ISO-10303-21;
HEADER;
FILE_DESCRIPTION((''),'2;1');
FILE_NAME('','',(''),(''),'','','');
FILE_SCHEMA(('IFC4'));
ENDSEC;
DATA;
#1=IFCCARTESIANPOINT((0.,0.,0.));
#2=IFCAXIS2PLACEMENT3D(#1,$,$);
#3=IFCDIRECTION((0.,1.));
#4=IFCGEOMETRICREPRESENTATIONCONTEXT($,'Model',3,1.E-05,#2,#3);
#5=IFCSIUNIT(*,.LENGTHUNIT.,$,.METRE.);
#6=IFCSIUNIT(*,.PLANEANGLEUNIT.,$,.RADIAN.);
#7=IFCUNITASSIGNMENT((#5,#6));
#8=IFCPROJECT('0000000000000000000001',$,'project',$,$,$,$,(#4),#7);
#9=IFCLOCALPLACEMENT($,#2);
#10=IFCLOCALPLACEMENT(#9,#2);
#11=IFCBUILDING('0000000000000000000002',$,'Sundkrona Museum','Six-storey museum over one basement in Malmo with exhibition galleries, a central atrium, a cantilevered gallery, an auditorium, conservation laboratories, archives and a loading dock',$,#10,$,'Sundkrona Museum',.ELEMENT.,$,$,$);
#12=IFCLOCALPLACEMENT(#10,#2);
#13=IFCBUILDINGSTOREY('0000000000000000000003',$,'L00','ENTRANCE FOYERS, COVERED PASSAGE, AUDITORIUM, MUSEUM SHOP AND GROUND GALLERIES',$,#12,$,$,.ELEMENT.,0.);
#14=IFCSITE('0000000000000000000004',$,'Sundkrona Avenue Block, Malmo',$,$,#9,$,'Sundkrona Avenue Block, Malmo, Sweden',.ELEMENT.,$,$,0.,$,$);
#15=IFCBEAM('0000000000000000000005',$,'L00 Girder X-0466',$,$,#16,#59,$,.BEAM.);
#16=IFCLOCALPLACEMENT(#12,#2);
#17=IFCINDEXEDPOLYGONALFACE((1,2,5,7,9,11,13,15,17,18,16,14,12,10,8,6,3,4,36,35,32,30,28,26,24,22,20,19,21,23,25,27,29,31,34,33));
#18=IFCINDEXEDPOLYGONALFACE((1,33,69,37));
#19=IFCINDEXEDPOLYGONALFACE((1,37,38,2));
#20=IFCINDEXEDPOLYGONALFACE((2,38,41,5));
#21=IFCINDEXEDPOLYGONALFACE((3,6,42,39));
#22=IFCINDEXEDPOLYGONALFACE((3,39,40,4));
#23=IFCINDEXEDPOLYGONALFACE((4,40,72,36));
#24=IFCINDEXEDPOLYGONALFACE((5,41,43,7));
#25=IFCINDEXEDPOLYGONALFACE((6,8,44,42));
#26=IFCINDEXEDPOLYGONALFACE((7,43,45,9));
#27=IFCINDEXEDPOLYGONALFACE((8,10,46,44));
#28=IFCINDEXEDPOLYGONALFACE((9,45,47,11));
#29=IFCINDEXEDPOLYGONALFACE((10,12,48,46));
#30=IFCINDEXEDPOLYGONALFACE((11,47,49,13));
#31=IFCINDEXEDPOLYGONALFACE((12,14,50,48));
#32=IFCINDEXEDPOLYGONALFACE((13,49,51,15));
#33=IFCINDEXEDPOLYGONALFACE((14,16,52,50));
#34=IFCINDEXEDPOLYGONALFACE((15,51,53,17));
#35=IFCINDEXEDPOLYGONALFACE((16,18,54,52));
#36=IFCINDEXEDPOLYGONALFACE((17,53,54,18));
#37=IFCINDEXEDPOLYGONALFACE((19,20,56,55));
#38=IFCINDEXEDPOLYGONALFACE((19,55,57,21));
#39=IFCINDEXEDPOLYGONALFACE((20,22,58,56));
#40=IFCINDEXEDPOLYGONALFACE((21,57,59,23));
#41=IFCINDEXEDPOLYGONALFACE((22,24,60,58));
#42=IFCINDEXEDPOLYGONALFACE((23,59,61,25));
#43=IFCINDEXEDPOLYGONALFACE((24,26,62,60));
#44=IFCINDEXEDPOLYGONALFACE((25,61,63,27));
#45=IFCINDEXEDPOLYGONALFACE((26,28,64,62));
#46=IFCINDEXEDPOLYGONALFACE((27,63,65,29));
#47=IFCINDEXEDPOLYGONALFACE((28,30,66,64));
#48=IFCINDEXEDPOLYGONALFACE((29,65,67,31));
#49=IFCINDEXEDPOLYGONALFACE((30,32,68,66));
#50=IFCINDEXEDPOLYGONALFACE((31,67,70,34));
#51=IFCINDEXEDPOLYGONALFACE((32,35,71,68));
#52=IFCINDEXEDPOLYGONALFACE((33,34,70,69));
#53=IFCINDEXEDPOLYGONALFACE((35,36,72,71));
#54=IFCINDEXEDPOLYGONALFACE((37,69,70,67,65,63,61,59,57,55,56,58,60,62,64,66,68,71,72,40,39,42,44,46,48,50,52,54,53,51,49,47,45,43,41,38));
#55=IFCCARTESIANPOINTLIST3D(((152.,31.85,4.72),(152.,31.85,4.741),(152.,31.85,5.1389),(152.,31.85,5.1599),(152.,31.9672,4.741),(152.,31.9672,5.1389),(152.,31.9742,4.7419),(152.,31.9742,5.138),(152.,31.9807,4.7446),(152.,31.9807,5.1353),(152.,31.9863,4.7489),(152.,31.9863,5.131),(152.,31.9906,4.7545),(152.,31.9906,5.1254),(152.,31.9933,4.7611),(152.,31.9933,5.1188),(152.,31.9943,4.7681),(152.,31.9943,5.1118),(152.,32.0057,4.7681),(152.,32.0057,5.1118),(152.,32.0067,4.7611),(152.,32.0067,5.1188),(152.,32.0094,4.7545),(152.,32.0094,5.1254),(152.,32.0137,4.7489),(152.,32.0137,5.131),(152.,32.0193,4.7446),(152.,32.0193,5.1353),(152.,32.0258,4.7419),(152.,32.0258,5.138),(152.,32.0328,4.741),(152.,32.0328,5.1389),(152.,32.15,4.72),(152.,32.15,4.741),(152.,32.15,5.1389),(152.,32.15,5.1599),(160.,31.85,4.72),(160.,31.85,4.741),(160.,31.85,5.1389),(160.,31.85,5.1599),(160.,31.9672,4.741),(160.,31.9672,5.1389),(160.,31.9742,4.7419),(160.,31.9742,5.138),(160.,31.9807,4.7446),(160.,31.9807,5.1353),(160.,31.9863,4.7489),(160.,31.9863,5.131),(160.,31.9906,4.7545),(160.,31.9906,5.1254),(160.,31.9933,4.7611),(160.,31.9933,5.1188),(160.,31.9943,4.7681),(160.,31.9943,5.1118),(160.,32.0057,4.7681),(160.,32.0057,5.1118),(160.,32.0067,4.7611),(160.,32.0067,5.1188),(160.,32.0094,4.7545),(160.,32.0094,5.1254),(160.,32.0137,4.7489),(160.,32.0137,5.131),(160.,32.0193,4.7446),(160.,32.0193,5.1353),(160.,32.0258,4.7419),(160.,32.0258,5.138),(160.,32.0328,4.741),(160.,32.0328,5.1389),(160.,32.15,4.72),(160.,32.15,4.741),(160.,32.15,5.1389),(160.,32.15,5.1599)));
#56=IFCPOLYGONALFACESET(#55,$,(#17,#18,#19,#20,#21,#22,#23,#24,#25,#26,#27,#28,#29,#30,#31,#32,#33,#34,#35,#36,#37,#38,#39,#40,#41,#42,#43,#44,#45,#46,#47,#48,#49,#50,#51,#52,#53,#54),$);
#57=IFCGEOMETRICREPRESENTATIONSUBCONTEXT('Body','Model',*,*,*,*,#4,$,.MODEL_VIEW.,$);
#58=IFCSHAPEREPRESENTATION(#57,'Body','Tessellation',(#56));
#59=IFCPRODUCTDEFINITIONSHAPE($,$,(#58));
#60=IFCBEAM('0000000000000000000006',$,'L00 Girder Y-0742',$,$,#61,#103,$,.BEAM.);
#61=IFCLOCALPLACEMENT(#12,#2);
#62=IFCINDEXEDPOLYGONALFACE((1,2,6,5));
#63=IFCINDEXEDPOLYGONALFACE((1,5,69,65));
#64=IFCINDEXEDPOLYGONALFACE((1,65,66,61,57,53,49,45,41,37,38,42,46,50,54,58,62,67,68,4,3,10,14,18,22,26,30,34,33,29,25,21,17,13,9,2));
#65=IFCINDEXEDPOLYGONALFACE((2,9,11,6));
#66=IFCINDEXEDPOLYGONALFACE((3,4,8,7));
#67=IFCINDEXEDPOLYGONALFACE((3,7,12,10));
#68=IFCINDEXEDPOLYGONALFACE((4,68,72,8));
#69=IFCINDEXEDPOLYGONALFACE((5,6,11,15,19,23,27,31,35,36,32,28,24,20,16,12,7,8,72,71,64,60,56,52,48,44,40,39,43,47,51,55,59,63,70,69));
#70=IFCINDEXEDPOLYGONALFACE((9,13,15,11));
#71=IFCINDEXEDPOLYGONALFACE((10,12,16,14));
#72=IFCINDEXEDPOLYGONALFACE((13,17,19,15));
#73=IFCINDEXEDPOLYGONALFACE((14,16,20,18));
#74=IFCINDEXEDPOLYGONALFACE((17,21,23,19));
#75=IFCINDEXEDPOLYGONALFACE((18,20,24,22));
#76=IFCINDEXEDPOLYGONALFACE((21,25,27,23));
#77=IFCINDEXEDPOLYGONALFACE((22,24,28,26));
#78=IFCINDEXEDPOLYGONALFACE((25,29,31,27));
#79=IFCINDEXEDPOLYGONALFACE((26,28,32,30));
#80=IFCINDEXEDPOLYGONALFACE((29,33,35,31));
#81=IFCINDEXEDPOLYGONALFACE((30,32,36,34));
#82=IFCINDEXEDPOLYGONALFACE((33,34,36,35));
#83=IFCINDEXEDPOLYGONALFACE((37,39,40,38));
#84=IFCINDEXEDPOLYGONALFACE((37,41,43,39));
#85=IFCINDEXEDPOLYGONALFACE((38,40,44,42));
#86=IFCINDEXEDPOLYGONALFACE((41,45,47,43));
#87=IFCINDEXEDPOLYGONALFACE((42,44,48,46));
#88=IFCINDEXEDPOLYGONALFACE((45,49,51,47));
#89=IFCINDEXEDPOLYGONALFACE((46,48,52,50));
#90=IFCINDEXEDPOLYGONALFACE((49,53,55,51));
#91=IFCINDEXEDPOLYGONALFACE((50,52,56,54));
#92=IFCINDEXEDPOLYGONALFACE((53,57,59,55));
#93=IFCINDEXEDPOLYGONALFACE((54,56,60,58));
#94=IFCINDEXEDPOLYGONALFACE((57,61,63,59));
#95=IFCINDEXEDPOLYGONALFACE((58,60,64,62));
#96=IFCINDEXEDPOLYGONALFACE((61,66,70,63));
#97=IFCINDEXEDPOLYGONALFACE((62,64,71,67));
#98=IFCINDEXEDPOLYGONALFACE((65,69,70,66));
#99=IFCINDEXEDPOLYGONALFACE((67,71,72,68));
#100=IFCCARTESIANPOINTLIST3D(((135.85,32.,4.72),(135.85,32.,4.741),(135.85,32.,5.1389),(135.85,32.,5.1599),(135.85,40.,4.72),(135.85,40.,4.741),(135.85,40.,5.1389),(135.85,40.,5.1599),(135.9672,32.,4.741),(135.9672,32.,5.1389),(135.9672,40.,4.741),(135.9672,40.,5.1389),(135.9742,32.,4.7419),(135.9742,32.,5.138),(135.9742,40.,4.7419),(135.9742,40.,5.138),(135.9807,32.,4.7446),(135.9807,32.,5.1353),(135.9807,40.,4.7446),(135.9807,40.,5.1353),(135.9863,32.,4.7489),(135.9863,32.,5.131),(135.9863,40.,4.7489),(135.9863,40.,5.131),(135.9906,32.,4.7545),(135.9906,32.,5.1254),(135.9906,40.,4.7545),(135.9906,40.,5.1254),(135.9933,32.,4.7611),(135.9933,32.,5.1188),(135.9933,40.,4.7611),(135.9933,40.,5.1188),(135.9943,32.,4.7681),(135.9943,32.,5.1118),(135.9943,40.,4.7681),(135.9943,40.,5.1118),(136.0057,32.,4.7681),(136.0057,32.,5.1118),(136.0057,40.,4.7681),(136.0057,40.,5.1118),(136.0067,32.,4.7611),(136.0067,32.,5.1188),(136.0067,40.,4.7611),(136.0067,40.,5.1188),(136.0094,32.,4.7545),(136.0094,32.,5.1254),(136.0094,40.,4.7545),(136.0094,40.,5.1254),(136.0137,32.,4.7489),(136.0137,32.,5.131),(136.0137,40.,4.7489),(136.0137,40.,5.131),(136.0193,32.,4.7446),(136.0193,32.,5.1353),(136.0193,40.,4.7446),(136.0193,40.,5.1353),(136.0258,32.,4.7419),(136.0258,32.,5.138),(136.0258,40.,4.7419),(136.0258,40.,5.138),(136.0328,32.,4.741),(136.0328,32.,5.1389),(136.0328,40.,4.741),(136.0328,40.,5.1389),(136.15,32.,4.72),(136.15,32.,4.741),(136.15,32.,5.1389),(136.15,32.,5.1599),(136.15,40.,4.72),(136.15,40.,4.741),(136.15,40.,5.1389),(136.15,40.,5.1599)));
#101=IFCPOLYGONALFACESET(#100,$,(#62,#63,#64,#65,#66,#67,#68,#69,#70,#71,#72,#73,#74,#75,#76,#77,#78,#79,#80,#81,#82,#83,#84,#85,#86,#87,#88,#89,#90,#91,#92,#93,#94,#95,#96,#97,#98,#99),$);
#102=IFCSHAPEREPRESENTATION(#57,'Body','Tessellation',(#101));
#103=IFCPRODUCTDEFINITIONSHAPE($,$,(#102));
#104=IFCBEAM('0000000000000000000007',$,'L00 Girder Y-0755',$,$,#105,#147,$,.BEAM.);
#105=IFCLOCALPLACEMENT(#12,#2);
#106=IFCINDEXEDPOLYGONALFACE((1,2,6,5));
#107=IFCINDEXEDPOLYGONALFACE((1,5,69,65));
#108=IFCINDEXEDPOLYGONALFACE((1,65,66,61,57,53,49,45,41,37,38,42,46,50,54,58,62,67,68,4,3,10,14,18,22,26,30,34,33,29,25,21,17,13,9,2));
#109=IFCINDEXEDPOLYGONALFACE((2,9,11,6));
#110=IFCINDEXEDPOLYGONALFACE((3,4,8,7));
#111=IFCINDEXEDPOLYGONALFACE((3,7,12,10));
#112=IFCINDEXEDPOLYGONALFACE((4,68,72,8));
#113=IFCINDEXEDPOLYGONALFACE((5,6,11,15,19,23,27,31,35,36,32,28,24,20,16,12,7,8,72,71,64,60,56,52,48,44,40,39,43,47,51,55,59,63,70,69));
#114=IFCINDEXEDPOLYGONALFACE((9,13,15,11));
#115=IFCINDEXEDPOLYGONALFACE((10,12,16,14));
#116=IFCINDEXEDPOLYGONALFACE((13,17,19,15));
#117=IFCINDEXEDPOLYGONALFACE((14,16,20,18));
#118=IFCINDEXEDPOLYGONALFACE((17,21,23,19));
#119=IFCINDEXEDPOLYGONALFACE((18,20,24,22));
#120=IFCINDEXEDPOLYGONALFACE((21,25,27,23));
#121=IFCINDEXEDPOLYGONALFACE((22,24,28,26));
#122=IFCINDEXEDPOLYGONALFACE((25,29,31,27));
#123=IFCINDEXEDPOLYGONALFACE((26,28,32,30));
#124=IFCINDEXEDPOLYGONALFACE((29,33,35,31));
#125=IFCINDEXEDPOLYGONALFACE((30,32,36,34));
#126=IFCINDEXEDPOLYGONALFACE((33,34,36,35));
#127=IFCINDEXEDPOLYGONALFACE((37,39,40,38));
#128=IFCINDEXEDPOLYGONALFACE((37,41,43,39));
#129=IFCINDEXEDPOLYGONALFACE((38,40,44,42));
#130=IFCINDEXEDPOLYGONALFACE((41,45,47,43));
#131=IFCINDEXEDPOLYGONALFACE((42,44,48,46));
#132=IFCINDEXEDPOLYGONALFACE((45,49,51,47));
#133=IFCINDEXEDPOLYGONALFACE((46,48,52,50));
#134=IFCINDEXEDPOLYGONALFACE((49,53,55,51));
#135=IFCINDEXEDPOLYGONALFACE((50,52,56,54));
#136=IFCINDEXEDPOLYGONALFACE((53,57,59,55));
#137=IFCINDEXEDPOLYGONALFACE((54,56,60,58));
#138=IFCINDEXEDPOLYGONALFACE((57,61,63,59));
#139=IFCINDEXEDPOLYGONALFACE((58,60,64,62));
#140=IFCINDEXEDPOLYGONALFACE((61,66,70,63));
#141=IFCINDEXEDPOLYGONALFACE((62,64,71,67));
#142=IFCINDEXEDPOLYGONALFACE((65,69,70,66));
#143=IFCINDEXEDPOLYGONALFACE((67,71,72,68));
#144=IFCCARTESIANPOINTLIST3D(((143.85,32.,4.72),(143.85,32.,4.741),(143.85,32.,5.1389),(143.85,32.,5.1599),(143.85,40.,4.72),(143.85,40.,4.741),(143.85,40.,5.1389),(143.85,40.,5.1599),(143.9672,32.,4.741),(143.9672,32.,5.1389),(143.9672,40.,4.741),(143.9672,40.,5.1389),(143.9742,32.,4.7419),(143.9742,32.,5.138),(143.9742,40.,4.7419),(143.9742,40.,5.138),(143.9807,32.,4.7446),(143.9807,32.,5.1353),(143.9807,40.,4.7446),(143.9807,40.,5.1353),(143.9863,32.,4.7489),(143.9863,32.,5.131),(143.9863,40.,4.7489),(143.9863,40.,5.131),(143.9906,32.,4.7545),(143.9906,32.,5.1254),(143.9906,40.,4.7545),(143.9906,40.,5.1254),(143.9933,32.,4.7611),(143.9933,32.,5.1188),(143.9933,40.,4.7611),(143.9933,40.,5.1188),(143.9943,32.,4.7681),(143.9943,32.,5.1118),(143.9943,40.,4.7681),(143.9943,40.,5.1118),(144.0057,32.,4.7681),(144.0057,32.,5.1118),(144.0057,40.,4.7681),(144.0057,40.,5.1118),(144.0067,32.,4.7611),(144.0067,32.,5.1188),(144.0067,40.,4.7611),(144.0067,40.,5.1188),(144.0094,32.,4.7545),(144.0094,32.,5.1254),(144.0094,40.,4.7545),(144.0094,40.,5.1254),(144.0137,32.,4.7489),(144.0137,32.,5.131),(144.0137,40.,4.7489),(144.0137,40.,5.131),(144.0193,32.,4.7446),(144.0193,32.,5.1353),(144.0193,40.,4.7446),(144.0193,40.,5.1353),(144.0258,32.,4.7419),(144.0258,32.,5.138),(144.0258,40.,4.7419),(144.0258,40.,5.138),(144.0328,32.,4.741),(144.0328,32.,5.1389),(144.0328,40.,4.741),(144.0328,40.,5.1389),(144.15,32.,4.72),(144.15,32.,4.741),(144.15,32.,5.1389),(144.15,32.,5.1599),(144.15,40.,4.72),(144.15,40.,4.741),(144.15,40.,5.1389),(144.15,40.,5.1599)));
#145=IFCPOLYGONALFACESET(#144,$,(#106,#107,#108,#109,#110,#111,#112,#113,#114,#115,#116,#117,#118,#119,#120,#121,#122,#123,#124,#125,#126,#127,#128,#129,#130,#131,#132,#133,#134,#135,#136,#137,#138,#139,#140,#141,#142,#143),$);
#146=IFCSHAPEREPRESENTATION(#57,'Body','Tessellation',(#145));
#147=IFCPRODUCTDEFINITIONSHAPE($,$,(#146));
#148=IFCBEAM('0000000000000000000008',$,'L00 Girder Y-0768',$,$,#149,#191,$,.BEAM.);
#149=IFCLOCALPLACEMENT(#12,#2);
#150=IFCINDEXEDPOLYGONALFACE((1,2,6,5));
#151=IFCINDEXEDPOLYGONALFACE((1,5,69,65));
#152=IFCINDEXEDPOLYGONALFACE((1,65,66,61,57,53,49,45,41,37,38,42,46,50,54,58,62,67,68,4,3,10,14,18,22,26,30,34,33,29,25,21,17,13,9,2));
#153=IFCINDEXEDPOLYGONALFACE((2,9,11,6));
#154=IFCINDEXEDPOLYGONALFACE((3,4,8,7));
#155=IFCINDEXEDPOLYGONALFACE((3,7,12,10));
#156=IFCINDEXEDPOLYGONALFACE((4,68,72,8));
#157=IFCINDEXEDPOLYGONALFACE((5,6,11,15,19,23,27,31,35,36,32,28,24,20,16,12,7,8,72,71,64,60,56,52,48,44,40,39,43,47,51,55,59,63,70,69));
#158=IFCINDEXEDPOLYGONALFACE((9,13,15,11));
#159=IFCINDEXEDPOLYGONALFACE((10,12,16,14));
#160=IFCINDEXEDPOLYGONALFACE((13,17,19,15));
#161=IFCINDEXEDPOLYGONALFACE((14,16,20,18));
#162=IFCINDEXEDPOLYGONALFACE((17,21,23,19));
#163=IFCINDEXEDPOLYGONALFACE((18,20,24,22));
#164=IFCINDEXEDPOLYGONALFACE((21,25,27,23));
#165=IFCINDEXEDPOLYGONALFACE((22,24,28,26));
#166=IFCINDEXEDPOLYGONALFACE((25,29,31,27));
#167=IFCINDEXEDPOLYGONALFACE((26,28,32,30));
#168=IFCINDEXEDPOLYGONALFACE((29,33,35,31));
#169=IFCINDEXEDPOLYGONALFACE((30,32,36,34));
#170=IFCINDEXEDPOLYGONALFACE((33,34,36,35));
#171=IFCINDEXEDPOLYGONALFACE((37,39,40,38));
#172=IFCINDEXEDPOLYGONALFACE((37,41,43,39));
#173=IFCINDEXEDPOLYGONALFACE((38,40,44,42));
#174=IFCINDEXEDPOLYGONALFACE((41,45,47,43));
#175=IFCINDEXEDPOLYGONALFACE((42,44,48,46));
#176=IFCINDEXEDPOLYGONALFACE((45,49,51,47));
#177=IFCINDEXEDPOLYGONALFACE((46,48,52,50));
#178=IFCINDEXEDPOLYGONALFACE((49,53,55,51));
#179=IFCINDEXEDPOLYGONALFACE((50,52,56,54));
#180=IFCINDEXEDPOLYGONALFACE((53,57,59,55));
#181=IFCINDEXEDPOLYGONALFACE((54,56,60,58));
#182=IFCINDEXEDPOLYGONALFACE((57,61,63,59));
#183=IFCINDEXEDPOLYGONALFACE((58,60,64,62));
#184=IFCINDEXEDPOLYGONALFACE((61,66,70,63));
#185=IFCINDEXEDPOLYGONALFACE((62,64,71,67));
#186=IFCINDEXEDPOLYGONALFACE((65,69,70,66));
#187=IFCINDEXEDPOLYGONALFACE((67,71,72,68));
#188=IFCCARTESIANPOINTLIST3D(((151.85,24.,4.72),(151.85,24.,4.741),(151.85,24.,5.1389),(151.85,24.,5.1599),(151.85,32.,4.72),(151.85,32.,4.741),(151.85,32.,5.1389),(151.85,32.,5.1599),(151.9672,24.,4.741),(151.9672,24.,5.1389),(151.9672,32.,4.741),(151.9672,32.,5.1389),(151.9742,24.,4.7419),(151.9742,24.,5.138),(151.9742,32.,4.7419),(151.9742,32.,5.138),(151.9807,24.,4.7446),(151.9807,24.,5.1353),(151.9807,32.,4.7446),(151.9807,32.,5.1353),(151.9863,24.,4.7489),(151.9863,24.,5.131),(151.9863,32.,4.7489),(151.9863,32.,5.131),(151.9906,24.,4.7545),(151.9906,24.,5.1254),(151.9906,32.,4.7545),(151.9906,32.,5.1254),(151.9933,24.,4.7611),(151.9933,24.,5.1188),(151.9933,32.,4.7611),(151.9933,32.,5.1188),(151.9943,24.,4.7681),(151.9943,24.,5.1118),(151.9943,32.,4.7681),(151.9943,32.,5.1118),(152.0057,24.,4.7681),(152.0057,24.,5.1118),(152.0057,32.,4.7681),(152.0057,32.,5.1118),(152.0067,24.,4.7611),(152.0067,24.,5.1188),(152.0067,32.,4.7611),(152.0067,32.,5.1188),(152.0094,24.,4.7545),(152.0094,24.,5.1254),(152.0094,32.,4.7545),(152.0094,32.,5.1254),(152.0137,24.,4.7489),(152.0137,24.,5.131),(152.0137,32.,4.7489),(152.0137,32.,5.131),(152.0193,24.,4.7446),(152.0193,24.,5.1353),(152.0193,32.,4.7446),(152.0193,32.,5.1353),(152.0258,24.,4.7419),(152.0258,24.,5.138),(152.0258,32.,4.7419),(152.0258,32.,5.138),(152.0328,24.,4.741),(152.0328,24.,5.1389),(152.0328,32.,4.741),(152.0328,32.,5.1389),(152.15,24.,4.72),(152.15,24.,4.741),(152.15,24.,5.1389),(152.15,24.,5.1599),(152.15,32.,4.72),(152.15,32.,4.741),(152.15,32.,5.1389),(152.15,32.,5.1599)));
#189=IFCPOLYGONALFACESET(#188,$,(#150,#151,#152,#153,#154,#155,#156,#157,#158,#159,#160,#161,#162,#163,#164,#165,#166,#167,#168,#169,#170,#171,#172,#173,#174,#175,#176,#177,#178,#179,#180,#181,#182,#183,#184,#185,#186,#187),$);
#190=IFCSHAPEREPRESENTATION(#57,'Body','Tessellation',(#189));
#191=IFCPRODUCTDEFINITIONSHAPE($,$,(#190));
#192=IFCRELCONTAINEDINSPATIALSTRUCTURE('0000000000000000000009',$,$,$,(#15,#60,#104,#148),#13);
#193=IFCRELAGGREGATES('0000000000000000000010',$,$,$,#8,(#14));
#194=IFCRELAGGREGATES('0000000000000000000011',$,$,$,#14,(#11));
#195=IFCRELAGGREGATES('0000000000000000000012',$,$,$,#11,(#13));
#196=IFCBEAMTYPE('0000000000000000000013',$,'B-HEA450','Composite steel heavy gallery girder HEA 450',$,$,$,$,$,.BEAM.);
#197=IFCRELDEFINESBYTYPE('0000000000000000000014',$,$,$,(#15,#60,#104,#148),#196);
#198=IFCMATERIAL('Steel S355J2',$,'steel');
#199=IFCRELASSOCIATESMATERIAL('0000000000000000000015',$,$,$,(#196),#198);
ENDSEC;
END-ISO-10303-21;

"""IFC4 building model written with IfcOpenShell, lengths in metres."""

from ifc_helpers import new_model, si_unit, direction, frame, origin, origin_2d, place, context, subcontext, project, spatial, i_section, extrude, material, material_profile, profile_set, type_object, element, save


model = new_model("IFC4")

# Units and contexts
model_context = context("Model", 3, precision=1e-05, world=origin(), true_north=direction((0.0, 1.0)))
body_context = subcontext(model_context, "Body", "Model", "MODEL_VIEW")
ifc_project = project(units=[si_unit("LENGTHUNIT", "METRE"), si_unit("PLANEANGLEUNIT", "RADIAN")], contexts=[model_context])

# Site, building, storey
site_placement = place(None, origin())
site = spatial("IfcSite", under=ifc_project, at=site_placement, Name="Sundkrona Avenue Block, Malmo", LongName="Sundkrona Avenue Block, Malmo, Sweden", CompositionType="ELEMENT", RefElevation=0.0)
building_placement = place(site_placement, origin())
building = spatial("IfcBuilding", under=site, at=building_placement, Name="Sundkrona Museum", Description="Six-storey museum over one basement in Malmo with exhibition galleries, a central atrium, a cantilevered gallery, an auditorium, conservation laboratories, archives and a loading dock", LongName="Sundkrona Museum", CompositionType="ELEMENT")
storey_placement = place(building_placement, origin())
storey = spatial("IfcBuildingStorey", under=building, at=storey_placement, Name="L00", Description="ENTRANCE FOYERS, COVERED PASSAGE, AUDITORIUM, MUSEUM SHOP AND GROUND GALLERIES", CompositionType="ELEMENT", Elevation=0.0)

# Shared definitions
ifc_material_1 = material(Name="Steel S355J2", Category="steel")

# Beams
ifc_material_profile_1 = material_profile(ifc_material_1, i_section(OverallWidth=0.3, OverallDepth=0.4399, WebThickness=0.0115, FlangeThickness=0.021, FilletRadius=0.0271, at=origin_2d()), Name="HEA 450")
ifc_profile_set_1 = profile_set([ifc_material_profile_1], Name="Steel S355J2")
beam_type = type_object("IfcBeamType", Name="B-HEA450", Description="Composite steel heavy gallery girder HEA 450", PredefinedType="BEAM", material=ifc_profile_set_1)
for number, where, z_axis, x_axis, name in (
    (1, (152.0, 32.0, 4.9399), (1.0, 0.0, 0.0), (0.0, 1.0, 0.0), "L00 Girder X-0466"),
    (2, (136.0, 32.0, 4.9399), (0.0, 1.0, 0.0), (-1.0, 0.0, 0.0), "L00 Girder Y-0742"),
    (3, (144.0, 32.0, 4.9399), (0.0, 1.0, 0.0), (-1.0, 0.0, 0.0), "L00 Girder Y-0755"),
    (4, (152.0, 24.0, 4.9399), (0.0, 1.0, 0.0), (-1.0, 0.0, 0.0), "L00 Girder Y-0768"),
):
    element("IfcBeam", number, at=place(storey_placement, frame(where, z_axis=z_axis, x_axis=x_axis)), inside=storey, type_object=beam_type, Name=name, PredefinedType="BEAM", context=body_context, shape_type="SweptSolid", body=[
        extrude(i_section(OverallWidth=0.3, OverallDepth=0.4399, WebThickness=0.0115, FlangeThickness=0.021, FilletRadius=0.0271, at=origin_2d()), origin(), (0.0, 0.0, 1.0), 8.0),
    ])

save(model, "model.ifc")
